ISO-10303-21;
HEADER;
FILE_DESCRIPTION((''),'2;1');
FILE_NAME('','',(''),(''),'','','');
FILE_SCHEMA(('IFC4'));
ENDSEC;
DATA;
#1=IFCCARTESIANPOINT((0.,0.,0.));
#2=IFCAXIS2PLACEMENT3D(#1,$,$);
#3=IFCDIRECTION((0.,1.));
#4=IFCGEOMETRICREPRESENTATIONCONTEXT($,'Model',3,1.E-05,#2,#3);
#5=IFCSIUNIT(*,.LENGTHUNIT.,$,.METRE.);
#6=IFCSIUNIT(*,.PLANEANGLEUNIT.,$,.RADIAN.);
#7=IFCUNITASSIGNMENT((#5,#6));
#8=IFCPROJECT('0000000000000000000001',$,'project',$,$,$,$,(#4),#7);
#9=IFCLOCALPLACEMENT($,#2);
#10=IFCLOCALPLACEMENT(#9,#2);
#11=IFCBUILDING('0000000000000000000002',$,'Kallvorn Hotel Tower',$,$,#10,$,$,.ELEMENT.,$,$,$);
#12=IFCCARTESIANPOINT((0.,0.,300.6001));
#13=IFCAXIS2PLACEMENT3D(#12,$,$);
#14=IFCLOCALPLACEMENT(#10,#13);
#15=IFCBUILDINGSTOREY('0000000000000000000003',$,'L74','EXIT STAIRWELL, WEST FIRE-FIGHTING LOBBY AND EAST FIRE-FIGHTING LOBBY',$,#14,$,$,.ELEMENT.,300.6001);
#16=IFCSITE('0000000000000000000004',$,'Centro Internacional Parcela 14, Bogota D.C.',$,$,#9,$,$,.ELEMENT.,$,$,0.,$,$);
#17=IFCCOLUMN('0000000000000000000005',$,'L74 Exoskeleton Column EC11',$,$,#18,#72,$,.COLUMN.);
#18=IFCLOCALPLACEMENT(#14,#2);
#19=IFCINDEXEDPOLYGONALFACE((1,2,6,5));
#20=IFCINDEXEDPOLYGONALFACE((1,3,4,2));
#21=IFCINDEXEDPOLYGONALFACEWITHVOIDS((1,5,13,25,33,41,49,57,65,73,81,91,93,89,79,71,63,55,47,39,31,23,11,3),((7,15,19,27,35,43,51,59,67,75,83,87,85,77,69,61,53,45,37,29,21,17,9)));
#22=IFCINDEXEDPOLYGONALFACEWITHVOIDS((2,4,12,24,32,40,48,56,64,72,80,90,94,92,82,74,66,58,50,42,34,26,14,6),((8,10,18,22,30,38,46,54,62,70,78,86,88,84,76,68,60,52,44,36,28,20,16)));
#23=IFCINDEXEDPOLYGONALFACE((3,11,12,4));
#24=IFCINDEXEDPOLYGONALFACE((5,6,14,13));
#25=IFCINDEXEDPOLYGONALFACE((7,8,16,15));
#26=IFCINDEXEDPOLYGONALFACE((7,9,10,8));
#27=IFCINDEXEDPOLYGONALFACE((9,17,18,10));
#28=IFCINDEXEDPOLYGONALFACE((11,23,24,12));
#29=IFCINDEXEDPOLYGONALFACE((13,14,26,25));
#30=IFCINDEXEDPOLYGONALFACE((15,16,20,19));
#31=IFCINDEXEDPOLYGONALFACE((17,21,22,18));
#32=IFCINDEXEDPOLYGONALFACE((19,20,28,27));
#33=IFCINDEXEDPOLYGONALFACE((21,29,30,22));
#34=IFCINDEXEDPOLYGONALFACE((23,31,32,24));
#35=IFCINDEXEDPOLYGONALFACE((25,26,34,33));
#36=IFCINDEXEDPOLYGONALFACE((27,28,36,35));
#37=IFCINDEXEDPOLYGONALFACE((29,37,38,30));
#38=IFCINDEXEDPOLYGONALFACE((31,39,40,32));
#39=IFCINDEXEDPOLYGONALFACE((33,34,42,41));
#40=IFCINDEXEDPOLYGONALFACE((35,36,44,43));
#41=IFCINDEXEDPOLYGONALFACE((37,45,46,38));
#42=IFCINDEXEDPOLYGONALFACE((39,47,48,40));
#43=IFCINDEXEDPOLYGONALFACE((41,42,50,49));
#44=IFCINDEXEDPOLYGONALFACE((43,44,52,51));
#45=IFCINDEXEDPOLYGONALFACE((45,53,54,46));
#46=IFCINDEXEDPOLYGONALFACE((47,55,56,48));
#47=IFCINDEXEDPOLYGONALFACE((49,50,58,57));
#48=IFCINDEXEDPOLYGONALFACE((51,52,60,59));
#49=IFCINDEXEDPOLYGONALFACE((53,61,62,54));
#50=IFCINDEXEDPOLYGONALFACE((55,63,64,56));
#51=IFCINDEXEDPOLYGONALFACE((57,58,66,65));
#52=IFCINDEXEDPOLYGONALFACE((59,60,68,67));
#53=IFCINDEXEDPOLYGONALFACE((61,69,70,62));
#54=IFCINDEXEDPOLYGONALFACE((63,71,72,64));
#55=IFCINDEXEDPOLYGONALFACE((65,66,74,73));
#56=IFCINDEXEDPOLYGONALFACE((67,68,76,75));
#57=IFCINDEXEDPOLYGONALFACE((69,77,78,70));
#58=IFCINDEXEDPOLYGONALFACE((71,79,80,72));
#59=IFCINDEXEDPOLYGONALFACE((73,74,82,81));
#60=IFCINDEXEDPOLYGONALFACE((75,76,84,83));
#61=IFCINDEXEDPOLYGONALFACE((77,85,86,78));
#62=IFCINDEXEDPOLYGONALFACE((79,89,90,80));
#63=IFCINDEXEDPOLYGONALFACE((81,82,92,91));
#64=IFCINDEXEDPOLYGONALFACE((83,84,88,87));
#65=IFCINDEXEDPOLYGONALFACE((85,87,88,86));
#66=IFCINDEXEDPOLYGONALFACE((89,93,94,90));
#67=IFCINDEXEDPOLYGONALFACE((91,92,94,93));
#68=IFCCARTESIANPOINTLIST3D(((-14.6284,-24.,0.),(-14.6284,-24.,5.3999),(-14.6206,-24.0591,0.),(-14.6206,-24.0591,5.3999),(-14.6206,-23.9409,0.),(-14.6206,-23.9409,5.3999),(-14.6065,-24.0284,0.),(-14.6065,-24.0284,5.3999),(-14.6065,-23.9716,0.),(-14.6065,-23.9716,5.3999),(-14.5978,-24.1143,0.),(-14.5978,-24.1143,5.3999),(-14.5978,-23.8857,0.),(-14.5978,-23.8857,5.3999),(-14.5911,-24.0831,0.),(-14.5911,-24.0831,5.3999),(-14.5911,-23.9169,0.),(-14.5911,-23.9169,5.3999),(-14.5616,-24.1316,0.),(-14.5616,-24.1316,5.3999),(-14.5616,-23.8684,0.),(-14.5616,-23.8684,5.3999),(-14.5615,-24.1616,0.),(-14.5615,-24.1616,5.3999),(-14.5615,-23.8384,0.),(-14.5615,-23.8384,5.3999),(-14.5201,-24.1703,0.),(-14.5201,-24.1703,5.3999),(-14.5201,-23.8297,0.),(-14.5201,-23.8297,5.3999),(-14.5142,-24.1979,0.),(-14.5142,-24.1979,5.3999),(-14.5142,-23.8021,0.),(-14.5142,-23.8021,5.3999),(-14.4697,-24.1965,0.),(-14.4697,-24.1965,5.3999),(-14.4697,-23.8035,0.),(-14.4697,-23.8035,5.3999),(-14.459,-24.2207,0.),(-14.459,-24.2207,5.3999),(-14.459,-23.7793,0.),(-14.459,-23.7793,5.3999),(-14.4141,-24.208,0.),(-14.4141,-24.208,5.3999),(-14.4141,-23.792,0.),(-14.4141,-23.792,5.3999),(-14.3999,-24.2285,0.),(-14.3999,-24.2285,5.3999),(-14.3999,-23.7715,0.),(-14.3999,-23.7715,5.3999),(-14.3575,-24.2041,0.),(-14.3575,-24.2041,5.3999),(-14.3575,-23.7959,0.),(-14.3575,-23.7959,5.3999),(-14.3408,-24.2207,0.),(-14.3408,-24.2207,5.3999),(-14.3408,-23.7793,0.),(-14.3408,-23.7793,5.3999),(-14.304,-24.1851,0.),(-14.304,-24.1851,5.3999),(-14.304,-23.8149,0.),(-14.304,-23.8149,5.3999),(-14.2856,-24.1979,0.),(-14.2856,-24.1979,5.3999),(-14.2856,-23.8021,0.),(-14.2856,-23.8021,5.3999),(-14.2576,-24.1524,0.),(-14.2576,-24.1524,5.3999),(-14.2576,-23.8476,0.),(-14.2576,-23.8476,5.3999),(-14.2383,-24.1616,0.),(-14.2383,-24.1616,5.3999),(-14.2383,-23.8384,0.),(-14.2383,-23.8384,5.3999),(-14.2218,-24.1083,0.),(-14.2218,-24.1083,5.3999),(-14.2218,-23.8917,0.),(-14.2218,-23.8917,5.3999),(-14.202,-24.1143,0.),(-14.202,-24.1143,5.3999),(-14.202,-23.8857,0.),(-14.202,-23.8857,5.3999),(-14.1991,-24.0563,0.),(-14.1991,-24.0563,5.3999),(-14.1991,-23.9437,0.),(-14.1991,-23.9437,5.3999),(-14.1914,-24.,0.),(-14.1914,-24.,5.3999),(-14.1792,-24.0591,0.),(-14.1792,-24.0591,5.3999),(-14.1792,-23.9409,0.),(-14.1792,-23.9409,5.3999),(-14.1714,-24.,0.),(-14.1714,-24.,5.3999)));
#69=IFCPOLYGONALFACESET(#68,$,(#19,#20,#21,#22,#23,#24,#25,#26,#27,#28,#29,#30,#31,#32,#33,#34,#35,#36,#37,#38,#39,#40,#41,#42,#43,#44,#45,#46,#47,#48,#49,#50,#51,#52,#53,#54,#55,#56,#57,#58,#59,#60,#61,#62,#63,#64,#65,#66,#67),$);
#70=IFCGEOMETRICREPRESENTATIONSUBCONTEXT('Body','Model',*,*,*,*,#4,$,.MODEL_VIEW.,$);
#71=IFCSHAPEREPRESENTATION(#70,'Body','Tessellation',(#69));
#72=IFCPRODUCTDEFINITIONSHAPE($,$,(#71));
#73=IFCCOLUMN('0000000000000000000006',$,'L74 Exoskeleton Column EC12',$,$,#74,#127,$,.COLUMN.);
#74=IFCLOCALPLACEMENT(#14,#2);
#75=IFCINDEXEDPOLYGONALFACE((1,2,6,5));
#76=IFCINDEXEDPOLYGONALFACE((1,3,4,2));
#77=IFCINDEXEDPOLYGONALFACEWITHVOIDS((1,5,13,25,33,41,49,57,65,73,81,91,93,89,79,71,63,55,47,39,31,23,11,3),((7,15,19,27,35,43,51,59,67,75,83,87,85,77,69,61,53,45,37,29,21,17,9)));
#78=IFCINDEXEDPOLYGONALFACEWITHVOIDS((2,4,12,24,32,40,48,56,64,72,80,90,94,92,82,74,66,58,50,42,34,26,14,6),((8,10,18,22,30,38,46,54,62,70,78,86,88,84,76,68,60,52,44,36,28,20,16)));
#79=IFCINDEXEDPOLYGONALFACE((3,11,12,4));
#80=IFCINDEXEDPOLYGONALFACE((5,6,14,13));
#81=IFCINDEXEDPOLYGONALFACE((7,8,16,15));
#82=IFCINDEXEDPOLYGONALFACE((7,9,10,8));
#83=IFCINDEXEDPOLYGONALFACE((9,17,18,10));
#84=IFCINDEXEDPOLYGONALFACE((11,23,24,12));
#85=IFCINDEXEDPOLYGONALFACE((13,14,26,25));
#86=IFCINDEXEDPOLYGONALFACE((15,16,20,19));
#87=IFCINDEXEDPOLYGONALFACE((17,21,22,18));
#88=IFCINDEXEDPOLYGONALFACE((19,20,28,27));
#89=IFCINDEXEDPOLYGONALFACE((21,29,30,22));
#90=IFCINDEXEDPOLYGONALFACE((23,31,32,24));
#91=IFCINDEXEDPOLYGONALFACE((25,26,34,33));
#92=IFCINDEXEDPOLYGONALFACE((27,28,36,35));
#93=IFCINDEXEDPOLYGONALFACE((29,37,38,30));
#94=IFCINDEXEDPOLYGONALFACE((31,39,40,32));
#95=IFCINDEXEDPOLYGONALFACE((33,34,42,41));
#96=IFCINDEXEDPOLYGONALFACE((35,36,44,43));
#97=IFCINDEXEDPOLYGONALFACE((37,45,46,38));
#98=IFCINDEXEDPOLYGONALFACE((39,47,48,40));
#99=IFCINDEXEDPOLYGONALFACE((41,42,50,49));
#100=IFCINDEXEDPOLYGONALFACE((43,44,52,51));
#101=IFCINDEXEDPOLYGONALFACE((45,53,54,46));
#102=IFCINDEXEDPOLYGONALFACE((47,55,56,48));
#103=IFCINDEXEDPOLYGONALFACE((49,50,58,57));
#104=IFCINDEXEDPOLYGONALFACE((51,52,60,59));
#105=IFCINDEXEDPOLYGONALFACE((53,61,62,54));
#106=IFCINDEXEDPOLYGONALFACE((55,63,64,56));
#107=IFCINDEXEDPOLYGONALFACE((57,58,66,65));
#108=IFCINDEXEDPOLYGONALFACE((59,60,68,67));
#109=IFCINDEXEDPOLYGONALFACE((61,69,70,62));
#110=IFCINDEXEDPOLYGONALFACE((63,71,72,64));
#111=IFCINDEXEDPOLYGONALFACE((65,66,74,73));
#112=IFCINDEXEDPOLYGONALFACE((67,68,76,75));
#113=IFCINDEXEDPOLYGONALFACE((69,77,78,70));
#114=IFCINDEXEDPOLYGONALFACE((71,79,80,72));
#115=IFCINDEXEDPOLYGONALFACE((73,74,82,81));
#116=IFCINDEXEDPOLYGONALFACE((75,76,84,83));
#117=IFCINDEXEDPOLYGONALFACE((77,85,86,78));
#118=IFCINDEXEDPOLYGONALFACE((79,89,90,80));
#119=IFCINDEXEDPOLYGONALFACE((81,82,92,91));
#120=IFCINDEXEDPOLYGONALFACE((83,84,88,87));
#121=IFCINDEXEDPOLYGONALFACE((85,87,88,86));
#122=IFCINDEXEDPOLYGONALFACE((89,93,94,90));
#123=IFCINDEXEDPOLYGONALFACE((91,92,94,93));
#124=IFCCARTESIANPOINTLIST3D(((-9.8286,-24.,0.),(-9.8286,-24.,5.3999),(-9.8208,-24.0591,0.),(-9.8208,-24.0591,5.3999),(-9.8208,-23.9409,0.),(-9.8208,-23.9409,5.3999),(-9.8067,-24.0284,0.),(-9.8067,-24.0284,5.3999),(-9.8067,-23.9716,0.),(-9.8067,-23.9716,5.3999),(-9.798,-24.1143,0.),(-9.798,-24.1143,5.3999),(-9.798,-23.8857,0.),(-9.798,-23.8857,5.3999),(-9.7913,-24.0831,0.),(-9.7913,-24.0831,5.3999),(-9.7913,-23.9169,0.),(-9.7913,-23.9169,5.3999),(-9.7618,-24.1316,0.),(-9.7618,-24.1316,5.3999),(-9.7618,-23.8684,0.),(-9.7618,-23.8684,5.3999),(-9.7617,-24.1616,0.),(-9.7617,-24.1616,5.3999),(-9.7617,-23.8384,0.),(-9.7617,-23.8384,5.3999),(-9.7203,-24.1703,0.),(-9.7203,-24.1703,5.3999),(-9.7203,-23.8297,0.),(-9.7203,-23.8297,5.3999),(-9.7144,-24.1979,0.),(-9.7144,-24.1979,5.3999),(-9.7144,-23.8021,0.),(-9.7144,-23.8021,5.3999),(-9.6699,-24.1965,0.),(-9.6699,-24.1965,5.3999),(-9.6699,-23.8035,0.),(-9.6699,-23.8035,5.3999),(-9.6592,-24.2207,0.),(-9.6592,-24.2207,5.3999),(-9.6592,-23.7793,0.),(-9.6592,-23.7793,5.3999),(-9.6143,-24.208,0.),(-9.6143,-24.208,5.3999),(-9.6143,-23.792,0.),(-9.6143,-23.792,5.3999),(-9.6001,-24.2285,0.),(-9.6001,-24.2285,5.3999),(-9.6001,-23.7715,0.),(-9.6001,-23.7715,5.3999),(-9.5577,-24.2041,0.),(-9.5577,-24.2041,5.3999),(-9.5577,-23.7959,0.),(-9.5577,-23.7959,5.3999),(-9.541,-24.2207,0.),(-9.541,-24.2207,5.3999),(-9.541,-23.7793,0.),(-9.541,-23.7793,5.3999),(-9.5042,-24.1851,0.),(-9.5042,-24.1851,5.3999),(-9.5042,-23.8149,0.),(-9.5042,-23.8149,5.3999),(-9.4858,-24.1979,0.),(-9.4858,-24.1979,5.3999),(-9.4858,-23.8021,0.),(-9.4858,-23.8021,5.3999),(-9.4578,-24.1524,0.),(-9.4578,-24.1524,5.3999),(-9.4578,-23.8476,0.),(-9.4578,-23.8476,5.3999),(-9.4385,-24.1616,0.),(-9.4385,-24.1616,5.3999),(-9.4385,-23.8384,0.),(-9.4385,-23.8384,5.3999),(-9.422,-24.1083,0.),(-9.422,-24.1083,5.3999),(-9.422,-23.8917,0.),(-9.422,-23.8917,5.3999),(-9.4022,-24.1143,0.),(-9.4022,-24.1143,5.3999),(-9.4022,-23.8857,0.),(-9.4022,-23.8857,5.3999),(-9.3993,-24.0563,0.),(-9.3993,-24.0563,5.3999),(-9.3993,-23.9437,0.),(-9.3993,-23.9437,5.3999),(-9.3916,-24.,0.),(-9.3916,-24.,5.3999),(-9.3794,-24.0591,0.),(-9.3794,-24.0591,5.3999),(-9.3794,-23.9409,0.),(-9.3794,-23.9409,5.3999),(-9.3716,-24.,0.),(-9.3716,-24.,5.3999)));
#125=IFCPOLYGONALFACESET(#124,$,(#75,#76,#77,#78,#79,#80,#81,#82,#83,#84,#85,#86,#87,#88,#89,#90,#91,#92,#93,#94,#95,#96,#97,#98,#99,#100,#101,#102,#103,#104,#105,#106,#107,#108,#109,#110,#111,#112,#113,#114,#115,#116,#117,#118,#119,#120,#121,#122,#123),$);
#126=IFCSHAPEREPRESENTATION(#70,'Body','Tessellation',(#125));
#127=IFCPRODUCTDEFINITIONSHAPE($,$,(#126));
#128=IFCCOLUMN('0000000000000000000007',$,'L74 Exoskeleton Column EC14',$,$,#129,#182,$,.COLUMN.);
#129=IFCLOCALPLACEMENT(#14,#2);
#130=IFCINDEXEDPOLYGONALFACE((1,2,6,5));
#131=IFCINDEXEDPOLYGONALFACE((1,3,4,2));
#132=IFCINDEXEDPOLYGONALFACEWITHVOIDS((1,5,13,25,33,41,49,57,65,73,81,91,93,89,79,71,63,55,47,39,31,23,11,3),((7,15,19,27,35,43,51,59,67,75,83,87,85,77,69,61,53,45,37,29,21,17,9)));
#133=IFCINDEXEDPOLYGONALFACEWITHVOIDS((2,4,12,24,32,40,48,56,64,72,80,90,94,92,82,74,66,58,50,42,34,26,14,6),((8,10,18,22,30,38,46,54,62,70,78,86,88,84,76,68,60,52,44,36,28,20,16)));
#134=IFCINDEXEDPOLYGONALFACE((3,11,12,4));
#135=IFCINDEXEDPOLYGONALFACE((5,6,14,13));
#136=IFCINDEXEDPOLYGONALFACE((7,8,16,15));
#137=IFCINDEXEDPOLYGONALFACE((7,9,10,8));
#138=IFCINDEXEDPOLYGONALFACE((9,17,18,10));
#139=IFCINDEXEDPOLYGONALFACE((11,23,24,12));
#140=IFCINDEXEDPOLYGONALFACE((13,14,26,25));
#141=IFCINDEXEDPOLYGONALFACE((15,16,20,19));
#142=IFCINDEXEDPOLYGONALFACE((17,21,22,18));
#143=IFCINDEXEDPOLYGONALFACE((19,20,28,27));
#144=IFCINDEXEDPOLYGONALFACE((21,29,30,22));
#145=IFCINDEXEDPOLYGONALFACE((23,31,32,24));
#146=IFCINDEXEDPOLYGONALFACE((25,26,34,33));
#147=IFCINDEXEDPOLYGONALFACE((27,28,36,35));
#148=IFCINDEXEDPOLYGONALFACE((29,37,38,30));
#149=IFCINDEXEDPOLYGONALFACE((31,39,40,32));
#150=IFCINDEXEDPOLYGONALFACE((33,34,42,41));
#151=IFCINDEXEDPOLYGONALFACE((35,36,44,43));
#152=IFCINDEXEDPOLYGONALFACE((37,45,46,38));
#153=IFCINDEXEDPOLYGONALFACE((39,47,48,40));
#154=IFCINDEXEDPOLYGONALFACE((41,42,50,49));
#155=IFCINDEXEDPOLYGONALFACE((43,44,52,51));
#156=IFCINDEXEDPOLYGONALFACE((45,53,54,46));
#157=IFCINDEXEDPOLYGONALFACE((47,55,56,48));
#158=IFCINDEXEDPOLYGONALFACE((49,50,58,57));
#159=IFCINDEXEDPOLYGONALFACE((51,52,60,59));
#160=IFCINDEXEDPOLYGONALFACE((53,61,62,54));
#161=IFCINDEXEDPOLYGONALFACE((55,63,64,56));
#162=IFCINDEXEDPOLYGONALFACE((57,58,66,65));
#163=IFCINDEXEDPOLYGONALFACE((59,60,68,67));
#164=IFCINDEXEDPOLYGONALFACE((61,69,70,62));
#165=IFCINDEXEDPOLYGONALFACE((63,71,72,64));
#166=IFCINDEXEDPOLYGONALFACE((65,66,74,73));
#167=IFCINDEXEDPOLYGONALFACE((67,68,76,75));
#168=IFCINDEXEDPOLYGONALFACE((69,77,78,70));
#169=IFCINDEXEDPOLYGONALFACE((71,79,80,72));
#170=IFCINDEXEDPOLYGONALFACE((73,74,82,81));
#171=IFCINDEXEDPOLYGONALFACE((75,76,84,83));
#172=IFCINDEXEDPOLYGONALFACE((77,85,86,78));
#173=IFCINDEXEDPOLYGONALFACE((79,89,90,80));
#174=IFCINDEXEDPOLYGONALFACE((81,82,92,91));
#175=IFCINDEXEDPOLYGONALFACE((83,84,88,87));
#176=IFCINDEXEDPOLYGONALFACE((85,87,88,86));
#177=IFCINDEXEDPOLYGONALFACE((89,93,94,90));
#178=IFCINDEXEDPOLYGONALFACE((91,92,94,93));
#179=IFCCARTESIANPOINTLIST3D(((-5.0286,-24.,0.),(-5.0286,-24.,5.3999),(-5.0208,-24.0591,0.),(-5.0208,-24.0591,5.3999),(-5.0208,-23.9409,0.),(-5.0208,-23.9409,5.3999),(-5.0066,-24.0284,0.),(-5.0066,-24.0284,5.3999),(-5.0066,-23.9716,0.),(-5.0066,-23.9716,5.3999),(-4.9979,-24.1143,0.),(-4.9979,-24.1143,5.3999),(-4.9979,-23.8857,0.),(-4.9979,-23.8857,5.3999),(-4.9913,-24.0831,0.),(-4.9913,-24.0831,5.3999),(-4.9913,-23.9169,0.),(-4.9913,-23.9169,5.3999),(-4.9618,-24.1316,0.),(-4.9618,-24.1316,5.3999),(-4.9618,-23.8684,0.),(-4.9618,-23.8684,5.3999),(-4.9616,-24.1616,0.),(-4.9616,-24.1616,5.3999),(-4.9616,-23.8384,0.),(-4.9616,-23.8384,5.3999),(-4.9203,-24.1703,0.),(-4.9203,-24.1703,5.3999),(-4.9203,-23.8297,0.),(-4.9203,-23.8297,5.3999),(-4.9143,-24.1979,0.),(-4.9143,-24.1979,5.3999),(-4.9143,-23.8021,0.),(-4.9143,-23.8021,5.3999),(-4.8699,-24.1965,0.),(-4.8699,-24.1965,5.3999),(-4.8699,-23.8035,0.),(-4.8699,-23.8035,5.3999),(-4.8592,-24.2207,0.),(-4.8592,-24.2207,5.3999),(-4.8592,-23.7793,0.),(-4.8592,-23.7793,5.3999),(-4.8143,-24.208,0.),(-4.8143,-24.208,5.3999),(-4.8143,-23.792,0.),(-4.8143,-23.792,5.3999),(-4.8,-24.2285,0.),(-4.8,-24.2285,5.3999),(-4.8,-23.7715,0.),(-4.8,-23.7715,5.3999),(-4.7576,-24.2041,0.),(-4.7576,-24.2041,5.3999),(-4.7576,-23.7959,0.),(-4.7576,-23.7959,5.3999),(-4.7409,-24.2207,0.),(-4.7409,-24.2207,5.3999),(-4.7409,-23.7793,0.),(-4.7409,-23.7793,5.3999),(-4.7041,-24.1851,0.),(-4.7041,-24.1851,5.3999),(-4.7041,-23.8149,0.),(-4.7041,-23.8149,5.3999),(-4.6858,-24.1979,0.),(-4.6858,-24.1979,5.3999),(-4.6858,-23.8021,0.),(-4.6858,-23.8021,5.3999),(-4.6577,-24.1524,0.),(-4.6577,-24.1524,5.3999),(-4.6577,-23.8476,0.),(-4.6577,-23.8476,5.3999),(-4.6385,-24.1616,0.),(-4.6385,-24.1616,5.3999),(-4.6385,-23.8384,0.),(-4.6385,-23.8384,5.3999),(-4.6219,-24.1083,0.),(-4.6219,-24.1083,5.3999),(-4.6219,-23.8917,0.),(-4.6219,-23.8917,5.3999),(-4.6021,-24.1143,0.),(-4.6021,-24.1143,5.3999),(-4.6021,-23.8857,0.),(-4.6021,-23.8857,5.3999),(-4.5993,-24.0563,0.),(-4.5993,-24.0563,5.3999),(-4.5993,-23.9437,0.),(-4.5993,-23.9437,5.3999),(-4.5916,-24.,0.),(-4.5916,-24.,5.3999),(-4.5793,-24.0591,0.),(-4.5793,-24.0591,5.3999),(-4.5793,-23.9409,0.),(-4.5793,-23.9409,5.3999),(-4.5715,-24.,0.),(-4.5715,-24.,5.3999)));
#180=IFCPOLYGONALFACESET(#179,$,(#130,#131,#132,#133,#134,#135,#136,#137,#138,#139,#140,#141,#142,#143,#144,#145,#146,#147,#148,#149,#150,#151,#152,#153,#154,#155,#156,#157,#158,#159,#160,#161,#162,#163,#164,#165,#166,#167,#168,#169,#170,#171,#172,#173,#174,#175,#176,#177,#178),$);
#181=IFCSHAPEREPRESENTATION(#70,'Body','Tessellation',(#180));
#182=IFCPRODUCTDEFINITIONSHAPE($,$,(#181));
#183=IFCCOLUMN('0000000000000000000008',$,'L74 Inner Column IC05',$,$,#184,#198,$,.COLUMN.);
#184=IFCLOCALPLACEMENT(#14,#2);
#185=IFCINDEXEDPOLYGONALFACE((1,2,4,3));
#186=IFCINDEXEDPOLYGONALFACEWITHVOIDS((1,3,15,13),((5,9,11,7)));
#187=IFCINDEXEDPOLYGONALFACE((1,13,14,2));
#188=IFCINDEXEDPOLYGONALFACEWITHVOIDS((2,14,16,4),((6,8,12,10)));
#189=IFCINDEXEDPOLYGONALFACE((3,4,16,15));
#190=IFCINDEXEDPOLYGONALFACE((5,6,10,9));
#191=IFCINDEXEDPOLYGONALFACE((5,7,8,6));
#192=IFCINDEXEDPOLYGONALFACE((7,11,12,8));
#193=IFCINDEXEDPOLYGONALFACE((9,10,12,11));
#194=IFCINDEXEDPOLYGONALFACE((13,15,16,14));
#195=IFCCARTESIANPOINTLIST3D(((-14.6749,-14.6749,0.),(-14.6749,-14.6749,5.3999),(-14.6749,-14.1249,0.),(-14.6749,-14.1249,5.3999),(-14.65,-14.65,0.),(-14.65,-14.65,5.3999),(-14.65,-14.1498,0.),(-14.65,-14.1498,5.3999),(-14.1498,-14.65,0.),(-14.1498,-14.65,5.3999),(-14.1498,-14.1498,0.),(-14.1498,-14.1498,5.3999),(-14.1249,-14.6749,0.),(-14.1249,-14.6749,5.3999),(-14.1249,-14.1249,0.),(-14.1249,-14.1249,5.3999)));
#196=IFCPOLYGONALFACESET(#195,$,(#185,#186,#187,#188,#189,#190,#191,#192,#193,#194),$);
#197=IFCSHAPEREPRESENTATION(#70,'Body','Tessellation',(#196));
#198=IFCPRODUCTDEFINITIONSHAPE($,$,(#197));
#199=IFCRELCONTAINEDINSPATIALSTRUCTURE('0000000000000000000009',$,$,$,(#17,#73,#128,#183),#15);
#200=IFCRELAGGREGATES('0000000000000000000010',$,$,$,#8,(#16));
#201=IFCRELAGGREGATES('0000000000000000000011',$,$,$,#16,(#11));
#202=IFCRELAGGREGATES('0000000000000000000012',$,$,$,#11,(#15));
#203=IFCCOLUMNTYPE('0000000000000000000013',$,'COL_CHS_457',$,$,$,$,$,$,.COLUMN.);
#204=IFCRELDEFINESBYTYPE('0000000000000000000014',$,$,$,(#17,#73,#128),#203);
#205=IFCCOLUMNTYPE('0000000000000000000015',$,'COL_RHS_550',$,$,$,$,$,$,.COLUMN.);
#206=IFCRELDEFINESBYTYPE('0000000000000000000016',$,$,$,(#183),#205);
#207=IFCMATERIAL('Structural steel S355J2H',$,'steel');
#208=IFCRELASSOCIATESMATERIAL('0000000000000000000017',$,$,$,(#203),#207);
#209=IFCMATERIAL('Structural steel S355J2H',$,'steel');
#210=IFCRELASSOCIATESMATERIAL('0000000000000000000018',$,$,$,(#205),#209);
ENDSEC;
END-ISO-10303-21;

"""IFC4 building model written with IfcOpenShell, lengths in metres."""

from ifc_helpers import new_model, si_unit, direction, frame, origin, origin_2d, place, context, subcontext, project, spatial, hollow_rectangle, hollow_circle, extrude, material, material_profile, profile_set, type_object, element, save


model = new_model("IFC4")

# Units and contexts
model_context = context("Model", 3, precision=1e-05, world=origin(), true_north=direction((0.0, 1.0)))
body_context = subcontext(model_context, "Body", "Model", "MODEL_VIEW")
ifc_project = project(units=[si_unit("LENGTHUNIT", "METRE"), si_unit("PLANEANGLEUNIT", "RADIAN")], contexts=[model_context])

# Site, building, storey
site_placement = place(None, origin())
site = spatial("IfcSite", under=ifc_project, at=site_placement, Name="Centro Internacional Parcela 14, Bogota D.C.", CompositionType="ELEMENT", RefElevation=0.0)
building_placement = place(site_placement, origin())
building = spatial("IfcBuilding", under=site, at=building_placement, Name="Kallvorn Hotel Tower", CompositionType="ELEMENT")
storey_placement = place(building_placement, frame((0.0, 0.0, 300.6001)))
storey = spatial("IfcBuildingStorey", under=building, at=storey_placement, Name="L74", Description="EXIT STAIRWELL, WEST FIRE-FIGHTING LOBBY AND EAST FIRE-FIGHTING LOBBY", CompositionType="ELEMENT", Elevation=300.6001)

# Columns
ifc_material_1 = material(Name="Structural steel S355J2H", Category="steel")
ifc_material_profile_1 = material_profile(ifc_material_1, hollow_circle(Radius=0.2285, WallThickness=0.02, at=origin_2d()), Name="CHS 457x20")
ifc_profile_set_1 = profile_set([ifc_material_profile_1], Name="Structural steel S355J2H")
column_type_1 = type_object("IfcColumnType", Name="COL_CHS_457", PredefinedType="COLUMN", material=ifc_profile_set_1)
for number, where, z_axis, x_axis, name in (
    (1, (-14.3999, -24.0, 0.0), (0.0, 0.0, 1.0), (1.0, 0.0, 0.0), "L74 Exoskeleton Column EC11"),
    (2, (-9.6001, -24.0, 0.0), (0.0, 0.0, 1.0), (1.0, 0.0, 0.0), "L74 Exoskeleton Column EC12"),
    (3, (-4.8, -24.0, 0.0), (0.0, 0.0, 1.0), (1.0, 0.0, 0.0), "L74 Exoskeleton Column EC14"),
):
    element("IfcColumn", number, at=place(storey_placement, frame(where, z_axis=z_axis, x_axis=x_axis)), inside=storey, type_object=column_type_1, Name=name, PredefinedType="COLUMN", context=body_context, shape_type="SweptSolid", body=[
        extrude(hollow_circle(Radius=0.2285, WallThickness=0.02, at=origin_2d()), origin(), (0.0, 0.0, 1.0), 5.3999),
    ])
ifc_material_2 = material(Name="Structural steel S355J2H", Category="steel")
ifc_material_profile_2 = material_profile(ifc_material_2, hollow_rectangle(XDim=0.55, YDim=0.55, WallThickness=0.0249, at=origin_2d()), Name="RHS 550x550x25")
ifc_profile_set_2 = profile_set([ifc_material_profile_2], Name="Structural steel S355J2H")
column_type_2 = type_object("IfcColumnType", Name="COL_RHS_550", PredefinedType="COLUMN", material=ifc_profile_set_2)
for number, where, z_axis, x_axis, name in (
    (4, (-14.3999, -14.3999, 0.0), (0.0, 0.0, 1.0), (1.0, 0.0, 0.0), "L74 Inner Column IC05"),
):
    element("IfcColumn", number, at=place(storey_placement, frame(where, z_axis=z_axis, x_axis=x_axis)), inside=storey, type_object=column_type_2, Name=name, PredefinedType="COLUMN", context=body_context, shape_type="SweptSolid", body=[
        extrude(hollow_rectangle(XDim=0.55, YDim=0.55, WallThickness=0.0249, at=origin_2d()), origin(), (0.0, 0.0, 1.0), 5.3999),
    ])

save(model, "model.ifc")
